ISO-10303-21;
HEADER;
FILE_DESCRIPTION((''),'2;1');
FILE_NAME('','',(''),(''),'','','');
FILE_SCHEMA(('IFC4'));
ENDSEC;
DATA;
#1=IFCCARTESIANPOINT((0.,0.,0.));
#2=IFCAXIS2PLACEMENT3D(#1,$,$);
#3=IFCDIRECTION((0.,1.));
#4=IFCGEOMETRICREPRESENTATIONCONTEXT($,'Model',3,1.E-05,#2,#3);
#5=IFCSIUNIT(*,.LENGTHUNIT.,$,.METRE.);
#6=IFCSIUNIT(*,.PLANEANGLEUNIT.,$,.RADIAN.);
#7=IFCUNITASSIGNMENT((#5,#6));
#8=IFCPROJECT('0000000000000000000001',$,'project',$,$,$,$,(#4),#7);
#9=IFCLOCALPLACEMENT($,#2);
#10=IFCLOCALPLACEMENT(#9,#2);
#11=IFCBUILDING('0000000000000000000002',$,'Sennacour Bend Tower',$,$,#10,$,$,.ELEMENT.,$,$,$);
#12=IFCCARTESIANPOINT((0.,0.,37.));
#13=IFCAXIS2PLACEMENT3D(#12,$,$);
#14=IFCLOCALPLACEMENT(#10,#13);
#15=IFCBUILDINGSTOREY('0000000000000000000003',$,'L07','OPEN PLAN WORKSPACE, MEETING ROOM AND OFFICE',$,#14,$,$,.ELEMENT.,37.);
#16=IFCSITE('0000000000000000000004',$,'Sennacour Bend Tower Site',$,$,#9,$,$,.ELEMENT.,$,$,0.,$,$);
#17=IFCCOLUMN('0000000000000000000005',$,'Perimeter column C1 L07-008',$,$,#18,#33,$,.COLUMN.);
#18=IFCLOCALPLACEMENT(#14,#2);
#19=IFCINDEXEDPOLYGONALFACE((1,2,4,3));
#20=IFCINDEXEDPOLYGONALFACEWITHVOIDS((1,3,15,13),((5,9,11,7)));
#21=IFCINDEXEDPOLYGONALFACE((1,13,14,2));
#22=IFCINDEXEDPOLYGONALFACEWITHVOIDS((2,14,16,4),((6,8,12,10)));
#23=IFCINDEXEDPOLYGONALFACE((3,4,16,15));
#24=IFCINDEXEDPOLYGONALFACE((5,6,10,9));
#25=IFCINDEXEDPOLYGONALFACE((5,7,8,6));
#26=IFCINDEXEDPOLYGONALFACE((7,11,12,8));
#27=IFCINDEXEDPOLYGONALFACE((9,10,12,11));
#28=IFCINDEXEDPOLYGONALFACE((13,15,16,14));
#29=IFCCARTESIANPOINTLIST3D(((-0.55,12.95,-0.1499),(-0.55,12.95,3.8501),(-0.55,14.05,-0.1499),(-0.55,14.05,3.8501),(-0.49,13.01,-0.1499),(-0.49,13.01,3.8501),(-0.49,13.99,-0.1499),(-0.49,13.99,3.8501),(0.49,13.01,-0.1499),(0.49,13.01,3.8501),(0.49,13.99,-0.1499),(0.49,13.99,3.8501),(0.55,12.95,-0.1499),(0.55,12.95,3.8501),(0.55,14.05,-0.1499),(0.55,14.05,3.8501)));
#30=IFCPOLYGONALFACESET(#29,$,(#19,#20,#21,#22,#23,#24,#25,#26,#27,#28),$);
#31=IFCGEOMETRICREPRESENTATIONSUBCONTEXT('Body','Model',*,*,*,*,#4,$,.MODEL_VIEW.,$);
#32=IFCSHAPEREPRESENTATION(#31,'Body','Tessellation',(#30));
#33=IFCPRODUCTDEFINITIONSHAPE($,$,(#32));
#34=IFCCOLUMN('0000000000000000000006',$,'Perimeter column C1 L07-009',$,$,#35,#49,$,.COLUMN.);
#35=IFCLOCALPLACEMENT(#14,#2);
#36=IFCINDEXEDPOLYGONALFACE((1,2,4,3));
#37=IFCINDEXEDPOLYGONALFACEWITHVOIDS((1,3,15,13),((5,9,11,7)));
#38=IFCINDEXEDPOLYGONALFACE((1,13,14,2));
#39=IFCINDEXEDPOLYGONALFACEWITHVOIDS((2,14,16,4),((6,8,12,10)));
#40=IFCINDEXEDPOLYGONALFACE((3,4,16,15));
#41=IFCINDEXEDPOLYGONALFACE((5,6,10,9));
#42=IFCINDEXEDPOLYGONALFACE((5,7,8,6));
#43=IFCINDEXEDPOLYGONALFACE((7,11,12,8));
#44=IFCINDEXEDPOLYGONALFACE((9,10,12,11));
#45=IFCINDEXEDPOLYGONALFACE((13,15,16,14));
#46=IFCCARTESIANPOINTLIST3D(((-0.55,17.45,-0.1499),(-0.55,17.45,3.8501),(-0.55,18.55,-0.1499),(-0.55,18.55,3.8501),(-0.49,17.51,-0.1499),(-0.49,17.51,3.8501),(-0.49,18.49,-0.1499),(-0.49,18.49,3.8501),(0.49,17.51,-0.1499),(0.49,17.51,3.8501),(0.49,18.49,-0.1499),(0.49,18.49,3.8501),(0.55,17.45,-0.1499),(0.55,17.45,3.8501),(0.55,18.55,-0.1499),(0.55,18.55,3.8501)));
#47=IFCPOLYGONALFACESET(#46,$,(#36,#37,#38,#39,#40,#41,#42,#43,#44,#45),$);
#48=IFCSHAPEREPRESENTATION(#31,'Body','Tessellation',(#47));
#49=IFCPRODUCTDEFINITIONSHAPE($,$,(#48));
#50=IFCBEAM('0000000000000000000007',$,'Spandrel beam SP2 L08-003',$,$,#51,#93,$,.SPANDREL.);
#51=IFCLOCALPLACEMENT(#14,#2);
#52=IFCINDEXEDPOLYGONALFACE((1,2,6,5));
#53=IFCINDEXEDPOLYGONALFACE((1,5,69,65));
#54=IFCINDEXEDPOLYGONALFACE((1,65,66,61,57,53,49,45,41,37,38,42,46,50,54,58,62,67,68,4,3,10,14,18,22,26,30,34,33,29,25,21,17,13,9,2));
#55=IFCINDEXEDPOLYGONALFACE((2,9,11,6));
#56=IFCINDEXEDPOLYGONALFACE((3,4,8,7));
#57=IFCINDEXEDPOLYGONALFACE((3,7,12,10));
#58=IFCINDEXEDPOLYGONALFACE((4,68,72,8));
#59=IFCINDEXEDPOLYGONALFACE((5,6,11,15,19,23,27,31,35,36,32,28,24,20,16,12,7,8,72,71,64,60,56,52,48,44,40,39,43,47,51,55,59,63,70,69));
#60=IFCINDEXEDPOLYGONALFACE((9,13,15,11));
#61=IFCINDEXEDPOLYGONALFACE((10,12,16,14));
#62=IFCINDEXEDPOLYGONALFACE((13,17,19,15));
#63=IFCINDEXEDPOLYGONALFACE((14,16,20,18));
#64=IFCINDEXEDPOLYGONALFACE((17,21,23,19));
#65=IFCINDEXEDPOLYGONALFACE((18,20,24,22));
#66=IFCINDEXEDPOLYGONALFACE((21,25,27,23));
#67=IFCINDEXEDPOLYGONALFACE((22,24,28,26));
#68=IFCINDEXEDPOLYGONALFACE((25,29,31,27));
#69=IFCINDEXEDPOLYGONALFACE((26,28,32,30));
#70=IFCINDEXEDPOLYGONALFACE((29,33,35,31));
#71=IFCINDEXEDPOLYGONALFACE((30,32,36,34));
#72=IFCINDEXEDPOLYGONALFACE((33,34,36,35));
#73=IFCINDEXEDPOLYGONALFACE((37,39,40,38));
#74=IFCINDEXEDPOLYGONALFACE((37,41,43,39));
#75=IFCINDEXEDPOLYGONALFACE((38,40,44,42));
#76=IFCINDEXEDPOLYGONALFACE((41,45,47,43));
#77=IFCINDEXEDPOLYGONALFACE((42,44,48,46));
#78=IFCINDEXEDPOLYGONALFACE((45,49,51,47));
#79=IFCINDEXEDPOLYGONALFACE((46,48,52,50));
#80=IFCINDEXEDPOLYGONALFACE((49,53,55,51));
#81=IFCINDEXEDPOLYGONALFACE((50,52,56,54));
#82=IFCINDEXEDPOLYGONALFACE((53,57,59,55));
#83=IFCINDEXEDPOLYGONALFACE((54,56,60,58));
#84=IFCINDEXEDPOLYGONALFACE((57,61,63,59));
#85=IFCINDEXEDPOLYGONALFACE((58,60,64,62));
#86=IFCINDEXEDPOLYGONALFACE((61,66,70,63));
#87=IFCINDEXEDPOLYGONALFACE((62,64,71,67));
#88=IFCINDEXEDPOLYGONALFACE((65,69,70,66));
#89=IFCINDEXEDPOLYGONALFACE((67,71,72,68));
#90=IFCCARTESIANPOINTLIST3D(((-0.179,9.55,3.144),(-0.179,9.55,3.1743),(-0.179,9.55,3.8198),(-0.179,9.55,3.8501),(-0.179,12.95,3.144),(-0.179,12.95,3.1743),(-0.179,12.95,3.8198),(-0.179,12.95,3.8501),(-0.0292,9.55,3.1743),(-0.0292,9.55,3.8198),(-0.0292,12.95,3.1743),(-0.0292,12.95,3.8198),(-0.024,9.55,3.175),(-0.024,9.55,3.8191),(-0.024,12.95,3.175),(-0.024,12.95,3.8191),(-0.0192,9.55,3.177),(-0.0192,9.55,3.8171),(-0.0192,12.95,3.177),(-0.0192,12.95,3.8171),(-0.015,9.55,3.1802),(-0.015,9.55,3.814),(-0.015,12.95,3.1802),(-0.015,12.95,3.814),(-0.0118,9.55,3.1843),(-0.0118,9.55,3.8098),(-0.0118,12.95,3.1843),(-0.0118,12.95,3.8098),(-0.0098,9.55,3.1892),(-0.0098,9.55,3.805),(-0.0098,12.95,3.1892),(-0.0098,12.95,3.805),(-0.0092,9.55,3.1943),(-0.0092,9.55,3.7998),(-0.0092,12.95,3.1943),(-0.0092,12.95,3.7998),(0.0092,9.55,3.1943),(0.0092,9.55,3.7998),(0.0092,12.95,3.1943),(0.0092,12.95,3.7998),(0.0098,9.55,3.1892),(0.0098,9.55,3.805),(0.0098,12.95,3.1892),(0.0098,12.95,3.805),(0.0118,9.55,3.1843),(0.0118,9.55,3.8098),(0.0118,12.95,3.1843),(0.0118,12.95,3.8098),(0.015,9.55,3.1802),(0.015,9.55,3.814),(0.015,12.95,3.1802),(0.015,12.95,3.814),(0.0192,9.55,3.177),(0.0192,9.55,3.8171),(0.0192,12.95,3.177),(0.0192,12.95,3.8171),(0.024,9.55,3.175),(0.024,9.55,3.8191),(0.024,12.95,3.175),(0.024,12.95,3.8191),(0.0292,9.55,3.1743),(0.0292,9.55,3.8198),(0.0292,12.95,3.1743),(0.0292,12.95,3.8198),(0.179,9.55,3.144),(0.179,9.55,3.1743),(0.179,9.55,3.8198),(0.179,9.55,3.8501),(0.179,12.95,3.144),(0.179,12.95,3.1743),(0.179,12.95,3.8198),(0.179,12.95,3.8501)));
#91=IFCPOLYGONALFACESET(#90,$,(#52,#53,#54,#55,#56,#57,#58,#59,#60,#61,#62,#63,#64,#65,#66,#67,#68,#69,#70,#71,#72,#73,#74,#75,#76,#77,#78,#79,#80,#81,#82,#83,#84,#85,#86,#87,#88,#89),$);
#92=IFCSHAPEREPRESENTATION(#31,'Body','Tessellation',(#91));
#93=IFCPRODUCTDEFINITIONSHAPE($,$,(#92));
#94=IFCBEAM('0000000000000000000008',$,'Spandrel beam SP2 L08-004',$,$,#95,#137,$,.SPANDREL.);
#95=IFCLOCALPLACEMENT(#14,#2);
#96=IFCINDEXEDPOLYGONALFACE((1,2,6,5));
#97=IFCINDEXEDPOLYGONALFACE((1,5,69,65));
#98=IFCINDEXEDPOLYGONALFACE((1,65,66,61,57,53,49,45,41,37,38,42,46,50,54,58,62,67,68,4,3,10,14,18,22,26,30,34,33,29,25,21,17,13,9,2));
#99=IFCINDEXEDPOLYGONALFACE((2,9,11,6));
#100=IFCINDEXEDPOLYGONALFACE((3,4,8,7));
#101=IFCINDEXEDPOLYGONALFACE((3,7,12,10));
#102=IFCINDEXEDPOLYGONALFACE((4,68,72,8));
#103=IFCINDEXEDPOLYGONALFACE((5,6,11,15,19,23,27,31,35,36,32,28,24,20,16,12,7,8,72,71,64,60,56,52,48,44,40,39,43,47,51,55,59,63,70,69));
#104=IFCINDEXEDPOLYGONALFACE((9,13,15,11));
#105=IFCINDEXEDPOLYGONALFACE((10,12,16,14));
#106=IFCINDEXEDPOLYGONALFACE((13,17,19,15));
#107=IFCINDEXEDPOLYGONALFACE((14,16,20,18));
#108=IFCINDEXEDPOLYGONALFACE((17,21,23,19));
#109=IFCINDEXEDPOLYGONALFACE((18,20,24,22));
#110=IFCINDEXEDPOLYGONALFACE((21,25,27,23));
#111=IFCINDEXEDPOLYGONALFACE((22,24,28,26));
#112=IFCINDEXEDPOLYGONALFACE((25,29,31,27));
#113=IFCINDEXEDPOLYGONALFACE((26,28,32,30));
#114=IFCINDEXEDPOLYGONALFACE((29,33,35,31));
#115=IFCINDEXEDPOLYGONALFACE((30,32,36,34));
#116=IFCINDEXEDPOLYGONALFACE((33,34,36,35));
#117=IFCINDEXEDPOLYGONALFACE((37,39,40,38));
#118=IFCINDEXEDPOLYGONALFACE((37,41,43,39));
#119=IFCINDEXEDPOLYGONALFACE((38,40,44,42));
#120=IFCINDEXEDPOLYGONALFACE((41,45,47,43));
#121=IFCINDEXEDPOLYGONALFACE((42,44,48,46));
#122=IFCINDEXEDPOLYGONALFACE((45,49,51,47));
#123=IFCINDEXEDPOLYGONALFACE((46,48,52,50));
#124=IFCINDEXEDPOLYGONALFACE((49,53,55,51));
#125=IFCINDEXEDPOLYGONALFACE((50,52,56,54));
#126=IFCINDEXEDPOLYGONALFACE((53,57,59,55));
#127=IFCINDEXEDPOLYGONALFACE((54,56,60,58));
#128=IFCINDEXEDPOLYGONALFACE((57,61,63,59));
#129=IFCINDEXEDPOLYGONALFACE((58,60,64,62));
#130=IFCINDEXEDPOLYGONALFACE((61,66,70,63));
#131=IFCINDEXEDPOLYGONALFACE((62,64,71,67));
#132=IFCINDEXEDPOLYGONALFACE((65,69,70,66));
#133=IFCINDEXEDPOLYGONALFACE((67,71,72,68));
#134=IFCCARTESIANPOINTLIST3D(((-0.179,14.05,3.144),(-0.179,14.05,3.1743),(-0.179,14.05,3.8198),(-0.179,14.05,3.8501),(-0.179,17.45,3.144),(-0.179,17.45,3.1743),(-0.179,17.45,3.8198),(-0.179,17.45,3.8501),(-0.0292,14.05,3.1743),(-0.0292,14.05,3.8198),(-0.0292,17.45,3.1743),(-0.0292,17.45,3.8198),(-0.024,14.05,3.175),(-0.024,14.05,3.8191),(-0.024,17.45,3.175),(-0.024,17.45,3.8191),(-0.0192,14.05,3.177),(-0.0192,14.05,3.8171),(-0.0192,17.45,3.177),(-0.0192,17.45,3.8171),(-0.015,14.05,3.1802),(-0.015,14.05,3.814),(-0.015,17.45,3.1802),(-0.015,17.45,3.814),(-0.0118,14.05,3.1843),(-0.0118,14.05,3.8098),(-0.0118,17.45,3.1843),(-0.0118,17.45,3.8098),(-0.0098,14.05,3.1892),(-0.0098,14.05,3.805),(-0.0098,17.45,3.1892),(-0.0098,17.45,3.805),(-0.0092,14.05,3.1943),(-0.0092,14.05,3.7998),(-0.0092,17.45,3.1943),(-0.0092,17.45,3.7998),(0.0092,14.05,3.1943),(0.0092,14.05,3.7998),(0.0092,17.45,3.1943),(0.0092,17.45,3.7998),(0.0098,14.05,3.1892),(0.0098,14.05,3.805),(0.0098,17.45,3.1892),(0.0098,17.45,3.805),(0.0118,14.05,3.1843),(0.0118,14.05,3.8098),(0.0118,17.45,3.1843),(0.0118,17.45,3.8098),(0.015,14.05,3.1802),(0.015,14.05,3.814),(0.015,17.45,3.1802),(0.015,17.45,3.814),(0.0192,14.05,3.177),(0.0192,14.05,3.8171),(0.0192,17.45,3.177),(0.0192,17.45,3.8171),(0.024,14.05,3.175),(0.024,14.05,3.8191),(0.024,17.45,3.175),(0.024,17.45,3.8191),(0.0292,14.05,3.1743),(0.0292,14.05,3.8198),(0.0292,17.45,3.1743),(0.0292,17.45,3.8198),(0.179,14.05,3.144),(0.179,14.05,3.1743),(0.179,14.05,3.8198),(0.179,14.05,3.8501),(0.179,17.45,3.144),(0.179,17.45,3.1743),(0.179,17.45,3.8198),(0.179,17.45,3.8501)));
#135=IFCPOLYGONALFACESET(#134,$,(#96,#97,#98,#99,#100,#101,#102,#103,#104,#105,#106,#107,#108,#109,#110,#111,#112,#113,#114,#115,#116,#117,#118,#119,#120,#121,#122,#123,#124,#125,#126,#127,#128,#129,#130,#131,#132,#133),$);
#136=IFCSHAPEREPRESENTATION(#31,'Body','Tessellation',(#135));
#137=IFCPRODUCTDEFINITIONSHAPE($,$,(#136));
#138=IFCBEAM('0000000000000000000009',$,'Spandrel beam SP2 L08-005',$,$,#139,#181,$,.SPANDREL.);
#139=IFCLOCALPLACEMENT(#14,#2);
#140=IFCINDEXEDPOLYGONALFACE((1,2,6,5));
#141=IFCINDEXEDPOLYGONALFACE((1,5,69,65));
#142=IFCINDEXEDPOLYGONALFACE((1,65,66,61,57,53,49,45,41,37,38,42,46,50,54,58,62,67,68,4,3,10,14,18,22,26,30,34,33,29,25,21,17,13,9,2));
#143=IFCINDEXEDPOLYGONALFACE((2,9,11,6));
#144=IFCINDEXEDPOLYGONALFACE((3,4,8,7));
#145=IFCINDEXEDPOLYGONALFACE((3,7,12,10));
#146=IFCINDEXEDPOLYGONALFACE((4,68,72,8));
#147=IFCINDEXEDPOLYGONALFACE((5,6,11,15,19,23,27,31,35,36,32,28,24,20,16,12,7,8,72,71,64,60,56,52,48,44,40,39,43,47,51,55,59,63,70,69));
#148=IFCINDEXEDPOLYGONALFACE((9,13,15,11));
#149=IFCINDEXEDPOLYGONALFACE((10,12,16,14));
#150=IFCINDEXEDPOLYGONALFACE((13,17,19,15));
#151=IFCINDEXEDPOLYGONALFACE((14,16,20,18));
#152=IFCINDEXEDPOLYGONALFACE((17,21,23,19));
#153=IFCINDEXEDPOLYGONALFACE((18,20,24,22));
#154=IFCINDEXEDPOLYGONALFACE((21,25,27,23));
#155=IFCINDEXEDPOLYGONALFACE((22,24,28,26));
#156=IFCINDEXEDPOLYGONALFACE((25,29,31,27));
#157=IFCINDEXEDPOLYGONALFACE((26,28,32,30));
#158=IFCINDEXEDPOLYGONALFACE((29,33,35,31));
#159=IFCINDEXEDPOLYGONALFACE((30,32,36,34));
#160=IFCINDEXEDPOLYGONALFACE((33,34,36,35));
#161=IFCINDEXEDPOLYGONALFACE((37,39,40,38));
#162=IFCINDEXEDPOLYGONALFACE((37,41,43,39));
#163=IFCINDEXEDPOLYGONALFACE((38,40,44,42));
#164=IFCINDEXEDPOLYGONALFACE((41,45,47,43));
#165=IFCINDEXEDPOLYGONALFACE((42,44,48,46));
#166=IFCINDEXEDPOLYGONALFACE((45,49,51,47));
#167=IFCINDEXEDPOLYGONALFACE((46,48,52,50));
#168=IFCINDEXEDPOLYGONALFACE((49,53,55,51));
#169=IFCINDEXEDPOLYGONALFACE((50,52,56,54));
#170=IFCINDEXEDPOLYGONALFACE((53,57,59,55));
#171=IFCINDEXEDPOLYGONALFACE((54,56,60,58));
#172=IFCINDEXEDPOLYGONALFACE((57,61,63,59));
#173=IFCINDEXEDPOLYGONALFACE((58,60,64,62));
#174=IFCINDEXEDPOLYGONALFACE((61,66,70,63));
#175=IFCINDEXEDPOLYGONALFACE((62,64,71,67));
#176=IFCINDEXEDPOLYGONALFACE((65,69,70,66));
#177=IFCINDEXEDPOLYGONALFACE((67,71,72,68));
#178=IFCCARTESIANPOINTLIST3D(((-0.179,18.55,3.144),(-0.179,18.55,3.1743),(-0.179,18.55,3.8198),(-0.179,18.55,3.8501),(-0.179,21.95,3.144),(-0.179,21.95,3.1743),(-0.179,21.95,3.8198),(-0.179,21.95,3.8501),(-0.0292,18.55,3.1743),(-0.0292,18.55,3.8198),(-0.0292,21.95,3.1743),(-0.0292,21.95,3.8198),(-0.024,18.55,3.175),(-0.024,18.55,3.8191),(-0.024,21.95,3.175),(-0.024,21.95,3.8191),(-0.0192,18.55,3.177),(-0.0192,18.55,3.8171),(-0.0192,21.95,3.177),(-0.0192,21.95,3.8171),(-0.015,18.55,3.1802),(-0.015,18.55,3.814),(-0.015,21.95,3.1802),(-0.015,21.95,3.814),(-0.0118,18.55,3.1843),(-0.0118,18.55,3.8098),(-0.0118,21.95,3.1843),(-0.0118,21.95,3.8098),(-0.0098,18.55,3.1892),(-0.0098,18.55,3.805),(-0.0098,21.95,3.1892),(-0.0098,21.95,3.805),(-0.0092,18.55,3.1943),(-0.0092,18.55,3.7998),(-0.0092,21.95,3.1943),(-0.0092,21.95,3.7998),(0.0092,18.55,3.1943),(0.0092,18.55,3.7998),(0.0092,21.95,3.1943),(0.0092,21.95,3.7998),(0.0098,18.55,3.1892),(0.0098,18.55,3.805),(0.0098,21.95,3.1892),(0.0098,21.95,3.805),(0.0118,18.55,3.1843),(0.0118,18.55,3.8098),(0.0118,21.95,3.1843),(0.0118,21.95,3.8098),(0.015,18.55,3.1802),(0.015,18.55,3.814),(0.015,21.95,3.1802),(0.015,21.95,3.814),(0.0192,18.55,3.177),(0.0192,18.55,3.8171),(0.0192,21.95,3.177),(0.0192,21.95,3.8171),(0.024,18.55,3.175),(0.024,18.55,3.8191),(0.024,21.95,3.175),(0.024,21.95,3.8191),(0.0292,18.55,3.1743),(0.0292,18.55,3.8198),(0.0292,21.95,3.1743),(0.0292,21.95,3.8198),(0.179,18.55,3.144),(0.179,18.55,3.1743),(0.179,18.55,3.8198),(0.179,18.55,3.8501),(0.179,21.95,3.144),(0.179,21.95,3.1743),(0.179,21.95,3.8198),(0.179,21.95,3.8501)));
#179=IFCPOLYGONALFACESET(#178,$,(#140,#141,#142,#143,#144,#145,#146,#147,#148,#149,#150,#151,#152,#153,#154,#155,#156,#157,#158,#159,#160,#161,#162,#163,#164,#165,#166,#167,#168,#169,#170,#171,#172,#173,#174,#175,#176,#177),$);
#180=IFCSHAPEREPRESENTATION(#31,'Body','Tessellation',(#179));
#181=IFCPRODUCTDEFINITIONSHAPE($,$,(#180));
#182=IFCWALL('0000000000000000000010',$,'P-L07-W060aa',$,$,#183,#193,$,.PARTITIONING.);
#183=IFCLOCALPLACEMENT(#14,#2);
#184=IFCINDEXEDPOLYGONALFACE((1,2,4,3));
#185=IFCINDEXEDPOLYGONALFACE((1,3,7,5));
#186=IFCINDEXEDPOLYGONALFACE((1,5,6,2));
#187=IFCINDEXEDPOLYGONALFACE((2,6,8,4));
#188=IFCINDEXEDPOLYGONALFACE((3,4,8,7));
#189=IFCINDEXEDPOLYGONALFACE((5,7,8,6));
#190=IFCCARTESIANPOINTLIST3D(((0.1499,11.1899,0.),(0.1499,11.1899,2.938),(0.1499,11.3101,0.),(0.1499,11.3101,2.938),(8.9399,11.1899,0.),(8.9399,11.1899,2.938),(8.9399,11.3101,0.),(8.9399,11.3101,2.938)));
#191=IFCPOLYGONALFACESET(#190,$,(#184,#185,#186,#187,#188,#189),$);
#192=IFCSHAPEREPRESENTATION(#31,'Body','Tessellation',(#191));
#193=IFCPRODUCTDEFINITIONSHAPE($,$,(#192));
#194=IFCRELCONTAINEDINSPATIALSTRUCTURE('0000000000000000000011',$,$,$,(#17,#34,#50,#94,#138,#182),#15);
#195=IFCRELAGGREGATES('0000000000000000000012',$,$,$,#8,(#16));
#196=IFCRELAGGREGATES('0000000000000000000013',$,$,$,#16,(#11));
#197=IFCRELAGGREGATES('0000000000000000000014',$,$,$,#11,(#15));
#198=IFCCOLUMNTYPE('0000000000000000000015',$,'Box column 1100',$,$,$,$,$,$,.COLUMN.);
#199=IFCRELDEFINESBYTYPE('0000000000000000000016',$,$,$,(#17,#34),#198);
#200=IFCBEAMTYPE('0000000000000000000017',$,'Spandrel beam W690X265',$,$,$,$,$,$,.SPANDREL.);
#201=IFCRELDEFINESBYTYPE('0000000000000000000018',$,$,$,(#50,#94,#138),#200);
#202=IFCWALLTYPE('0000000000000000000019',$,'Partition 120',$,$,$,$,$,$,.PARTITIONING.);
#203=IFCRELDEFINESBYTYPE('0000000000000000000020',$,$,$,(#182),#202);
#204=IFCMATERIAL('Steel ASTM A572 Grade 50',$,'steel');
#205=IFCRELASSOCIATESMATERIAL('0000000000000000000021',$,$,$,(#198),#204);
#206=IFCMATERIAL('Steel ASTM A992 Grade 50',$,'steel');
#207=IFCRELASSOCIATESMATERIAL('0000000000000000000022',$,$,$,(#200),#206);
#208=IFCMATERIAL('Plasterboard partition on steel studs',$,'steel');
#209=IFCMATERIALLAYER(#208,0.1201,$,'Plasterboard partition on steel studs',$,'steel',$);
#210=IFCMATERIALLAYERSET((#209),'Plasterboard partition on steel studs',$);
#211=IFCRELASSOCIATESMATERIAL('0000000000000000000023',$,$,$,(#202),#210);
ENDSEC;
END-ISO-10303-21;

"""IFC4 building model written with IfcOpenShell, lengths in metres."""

from ifc_helpers import new_model, si_unit, direction, frame, frame_2d, origin, origin_2d, place, context, subcontext, project, spatial, rectangle, hollow_rectangle, i_section, extrude, material, layer, layer_set, material_profile, profile_set, type_object, element, save


model = new_model("IFC4")

# Units and contexts
model_context = context("Model", 3, precision=1e-05, world=origin(), true_north=direction((0.0, 1.0)))
body_context = subcontext(model_context, "Body", "Model", "MODEL_VIEW")
ifc_project = project(units=[si_unit("LENGTHUNIT", "METRE"), si_unit("PLANEANGLEUNIT", "RADIAN")], contexts=[model_context])

# Site, building, storey
site_placement = place(None, origin())
site = spatial("IfcSite", under=ifc_project, at=site_placement, Name="Sennacour Bend Tower Site", CompositionType="ELEMENT", RefElevation=0.0)
building_placement = place(site_placement, origin())
building = spatial("IfcBuilding", under=site, at=building_placement, Name="Sennacour Bend Tower", CompositionType="ELEMENT")
storey_placement = place(building_placement, frame((0.0, 0.0, 37.0)))
storey = spatial("IfcBuildingStorey", under=building, at=storey_placement, Name="L07", Description="OPEN PLAN WORKSPACE, MEETING ROOM AND OFFICE", CompositionType="ELEMENT", Elevation=37.0)

# Columns
ifc_material_1 = material(Name="Steel ASTM A572 Grade 50", Category="steel")
ifc_material_profile_1 = material_profile(ifc_material_1, hollow_rectangle(XDim=1.1001, YDim=1.1001, WallThickness=0.0601, at=origin_2d()), Name="Steel ASTM A572 Grade 50", Category="steel")
ifc_profile_set_1 = profile_set([ifc_material_profile_1], Name="Steel ASTM A572 Grade 50")
column_type = type_object("IfcColumnType", Name="Box column 1100", PredefinedType="COLUMN", material=ifc_profile_set_1)
for number, where, z_axis, x_axis, name in (
    (1, (0.0, 13.5, -0.1499), (0.0, 0.0, 1.0), (1.0, 0.0, 0.0), "Perimeter column C1 L07-008"),
    (2, (0.0, 18.0, -0.1499), (0.0, 0.0, 1.0), (1.0, 0.0, 0.0), "Perimeter column C1 L07-009"),
):
    element("IfcColumn", number, at=place(storey_placement, frame(where, z_axis=z_axis, x_axis=x_axis)), inside=storey, type_object=column_type, Name=name, PredefinedType="COLUMN", context=body_context, shape_type="SweptSolid", body=[
        extrude(hollow_rectangle(XDim=1.1001, YDim=1.1001, WallThickness=0.0601, at=origin_2d()), origin(), (0.0, 0.0, 1.0), 4.0),
    ])

# Beams
ifc_material_2 = material(Name="Steel ASTM A992 Grade 50", Category="steel")
ifc_material_profile_2 = material_profile(ifc_material_2, i_section(OverallWidth=0.3579, OverallDepth=0.7061, WebThickness=0.0183, FlangeThickness=0.0303, FilletRadius=0.02, at=origin_2d()), Name="Steel ASTM A992 Grade 50", Category="steel")
ifc_profile_set_2 = profile_set([ifc_material_profile_2], Name="Steel ASTM A992 Grade 50")
beam_type = type_object("IfcBeamType", Name="Spandrel beam W690X265", PredefinedType="SPANDREL", material=ifc_profile_set_2)
for number, where, z_axis, x_axis, name in (
    (3, (0.0, 9.55, 3.4971), (0.0, 1.0, 0.0), (-1.0, 0.0, 0.0), "Spandrel beam SP2 L08-003"),
    (4, (0.0, 14.05, 3.4971), (0.0, 1.0, 0.0), (-1.0, 0.0, 0.0), "Spandrel beam SP2 L08-004"),
    (5, (0.0, 18.55, 3.4971), (0.0, 1.0, 0.0), (-1.0, 0.0, 0.0), "Spandrel beam SP2 L08-005"),
):
    element("IfcBeam", number, at=place(storey_placement, frame(where, z_axis=z_axis, x_axis=x_axis)), inside=storey, type_object=beam_type, Name=name, PredefinedType="SPANDREL", context=body_context, shape_type="SweptSolid", body=[
        extrude(i_section(OverallWidth=0.3579, OverallDepth=0.7061, WebThickness=0.0183, FlangeThickness=0.0303, FilletRadius=0.02, at=origin_2d()), origin(), (0.0, 0.0, 1.0), 3.3999),
    ])

# Wall
ifc_material_3 = material(Name="Plasterboard partition on steel studs", Category="steel")
ifc_layer_1 = layer(ifc_material_3, 0.1201, Name="Plasterboard partition on steel studs", Category="steel")
ifc_layer_set_1 = layer_set([ifc_layer_1], Name="Plasterboard partition on steel studs")
wall_type_1 = type_object("IfcWallType", Name="Partition 120", PredefinedType="PARTITIONING", material=ifc_layer_set_1)
wall_1_placement = place(storey_placement, frame((0.1499, 11.25, 0.0), z_axis=(0.0, 0.0, 1.0), x_axis=(1.0, 0.0, 0.0)))
element("IfcWall", 6, at=wall_1_placement, inside=storey, type_object=wall_type_1, Name="P-L07-W060aa", PredefinedType="PARTITIONING", context=body_context, shape_type="SweptSolid", body=[
    extrude(rectangle(XDim=8.79, YDim=0.1201, at=frame_2d((4.395, 0.0))), origin(), (0.0, 0.0, 1.0), 2.938),
])

save(model, "model.ifc")
